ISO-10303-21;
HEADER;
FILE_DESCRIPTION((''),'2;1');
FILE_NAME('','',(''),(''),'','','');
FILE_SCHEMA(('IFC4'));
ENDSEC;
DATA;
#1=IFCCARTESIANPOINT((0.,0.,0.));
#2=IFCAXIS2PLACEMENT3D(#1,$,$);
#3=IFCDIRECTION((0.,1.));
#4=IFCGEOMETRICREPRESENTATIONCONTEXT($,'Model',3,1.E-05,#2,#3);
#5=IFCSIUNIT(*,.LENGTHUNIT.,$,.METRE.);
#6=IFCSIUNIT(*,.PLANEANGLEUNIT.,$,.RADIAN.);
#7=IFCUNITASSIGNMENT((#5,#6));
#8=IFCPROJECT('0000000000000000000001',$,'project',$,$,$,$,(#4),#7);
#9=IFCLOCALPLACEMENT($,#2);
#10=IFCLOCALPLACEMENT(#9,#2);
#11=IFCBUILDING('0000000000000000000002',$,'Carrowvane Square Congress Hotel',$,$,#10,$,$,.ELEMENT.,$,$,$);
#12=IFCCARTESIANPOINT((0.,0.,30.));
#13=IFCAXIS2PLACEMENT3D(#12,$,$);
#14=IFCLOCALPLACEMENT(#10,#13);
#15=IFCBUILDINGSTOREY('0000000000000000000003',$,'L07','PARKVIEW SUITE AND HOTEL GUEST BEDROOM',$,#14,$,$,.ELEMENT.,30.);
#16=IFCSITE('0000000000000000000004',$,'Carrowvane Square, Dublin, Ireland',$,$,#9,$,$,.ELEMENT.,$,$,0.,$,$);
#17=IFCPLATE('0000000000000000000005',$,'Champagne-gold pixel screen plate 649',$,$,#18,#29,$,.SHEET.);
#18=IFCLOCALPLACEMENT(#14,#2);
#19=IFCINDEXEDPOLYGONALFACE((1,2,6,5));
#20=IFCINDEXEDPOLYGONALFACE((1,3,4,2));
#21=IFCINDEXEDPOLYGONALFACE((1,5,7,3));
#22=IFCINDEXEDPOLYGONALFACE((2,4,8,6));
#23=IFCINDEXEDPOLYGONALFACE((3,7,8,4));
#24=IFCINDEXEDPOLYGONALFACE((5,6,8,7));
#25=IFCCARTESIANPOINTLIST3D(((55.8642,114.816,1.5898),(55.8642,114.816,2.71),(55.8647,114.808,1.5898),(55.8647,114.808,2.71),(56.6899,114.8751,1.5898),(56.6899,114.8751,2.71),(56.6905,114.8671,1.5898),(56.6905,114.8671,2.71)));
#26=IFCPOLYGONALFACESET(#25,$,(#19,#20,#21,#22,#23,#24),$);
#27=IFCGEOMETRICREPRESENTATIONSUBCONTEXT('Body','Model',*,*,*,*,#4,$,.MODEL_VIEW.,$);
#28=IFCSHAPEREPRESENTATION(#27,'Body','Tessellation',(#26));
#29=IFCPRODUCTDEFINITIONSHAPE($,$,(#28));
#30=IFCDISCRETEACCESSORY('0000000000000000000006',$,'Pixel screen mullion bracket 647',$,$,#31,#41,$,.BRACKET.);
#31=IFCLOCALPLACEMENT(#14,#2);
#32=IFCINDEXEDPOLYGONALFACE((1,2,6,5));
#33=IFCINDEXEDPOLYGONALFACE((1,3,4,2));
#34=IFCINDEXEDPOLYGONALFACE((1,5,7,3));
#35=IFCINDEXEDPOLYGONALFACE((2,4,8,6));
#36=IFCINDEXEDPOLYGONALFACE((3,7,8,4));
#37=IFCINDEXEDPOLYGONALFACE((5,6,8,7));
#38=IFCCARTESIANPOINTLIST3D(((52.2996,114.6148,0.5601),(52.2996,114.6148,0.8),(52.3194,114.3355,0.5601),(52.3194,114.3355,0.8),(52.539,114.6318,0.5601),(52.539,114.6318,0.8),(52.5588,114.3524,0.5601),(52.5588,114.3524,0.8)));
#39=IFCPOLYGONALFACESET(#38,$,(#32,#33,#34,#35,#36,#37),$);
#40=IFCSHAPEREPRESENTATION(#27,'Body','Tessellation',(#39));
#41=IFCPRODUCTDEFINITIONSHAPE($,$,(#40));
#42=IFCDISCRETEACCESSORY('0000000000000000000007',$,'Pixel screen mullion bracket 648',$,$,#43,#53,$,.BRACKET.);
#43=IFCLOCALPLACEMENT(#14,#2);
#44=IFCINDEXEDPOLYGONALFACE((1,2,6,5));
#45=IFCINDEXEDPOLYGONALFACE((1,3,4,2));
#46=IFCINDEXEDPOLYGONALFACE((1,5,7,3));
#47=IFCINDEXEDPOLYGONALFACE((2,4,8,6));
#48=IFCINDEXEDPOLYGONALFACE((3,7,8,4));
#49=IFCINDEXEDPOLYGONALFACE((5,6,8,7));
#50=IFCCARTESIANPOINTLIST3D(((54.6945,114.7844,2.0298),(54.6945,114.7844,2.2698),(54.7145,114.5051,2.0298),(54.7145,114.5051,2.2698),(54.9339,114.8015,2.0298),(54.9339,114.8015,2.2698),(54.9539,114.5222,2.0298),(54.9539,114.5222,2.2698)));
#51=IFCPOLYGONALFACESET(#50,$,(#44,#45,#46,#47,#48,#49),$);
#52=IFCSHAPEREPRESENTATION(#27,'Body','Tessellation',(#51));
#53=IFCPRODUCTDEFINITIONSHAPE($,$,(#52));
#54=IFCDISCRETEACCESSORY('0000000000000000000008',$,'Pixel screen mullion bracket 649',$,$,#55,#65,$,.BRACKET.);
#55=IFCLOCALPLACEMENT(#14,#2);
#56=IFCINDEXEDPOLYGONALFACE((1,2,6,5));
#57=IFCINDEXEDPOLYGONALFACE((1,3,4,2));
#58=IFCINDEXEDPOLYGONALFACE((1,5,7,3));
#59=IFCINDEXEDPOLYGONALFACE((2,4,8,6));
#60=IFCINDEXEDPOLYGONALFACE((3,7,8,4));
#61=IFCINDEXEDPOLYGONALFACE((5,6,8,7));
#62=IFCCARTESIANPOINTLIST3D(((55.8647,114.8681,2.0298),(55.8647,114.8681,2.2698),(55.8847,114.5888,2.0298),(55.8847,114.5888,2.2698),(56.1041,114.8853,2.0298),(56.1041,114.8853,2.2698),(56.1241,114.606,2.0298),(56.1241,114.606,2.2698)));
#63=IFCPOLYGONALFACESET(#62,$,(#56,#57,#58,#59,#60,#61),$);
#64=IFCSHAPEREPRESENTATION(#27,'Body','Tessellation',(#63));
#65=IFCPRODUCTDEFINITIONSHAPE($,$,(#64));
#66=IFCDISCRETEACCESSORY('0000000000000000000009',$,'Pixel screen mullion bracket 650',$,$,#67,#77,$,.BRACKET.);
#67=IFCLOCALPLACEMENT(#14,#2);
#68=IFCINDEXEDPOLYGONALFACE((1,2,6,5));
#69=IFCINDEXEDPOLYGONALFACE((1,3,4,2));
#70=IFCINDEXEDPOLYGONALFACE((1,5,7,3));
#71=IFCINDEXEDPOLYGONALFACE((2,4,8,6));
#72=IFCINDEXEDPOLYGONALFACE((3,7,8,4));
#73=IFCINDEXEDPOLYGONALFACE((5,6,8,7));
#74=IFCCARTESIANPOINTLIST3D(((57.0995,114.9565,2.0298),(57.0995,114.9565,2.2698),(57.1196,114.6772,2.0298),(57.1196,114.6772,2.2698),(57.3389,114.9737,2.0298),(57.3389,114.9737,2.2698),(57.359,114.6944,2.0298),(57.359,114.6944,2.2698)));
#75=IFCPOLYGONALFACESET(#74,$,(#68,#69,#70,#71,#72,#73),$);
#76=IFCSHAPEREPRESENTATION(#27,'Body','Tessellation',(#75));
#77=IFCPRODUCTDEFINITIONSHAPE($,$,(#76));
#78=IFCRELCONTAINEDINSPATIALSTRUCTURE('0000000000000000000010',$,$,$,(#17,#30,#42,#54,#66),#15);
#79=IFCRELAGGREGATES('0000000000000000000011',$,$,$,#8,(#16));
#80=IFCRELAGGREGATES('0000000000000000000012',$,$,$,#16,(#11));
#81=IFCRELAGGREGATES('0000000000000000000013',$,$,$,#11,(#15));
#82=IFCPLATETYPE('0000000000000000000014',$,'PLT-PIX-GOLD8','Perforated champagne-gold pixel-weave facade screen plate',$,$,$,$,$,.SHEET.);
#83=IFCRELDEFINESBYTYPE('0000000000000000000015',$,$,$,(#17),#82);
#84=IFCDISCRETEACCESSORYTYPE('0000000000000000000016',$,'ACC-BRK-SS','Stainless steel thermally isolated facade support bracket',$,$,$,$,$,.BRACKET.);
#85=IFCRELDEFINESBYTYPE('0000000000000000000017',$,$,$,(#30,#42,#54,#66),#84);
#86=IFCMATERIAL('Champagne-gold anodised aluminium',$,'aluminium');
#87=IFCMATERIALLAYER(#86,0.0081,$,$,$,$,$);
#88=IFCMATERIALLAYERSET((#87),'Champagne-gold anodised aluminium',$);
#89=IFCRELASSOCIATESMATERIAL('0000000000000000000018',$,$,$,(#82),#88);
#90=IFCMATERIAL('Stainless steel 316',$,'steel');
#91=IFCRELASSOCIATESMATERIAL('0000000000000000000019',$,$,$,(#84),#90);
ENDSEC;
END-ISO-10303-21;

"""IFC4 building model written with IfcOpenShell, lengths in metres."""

from ifc_helpers import new_model, si_unit, direction, frame, origin, origin_2d, place, context, subcontext, project, spatial, rectangle, extrude, material, layer, layer_set, type_object, element, save


model = new_model("IFC4")

# Units and contexts
model_context = context("Model", 3, precision=1e-05, world=origin(), true_north=direction((0.0, 1.0)))
body_context = subcontext(model_context, "Body", "Model", "MODEL_VIEW")
ifc_project = project(units=[si_unit("LENGTHUNIT", "METRE"), si_unit("PLANEANGLEUNIT", "RADIAN")], contexts=[model_context])

# Site, building, storey
site_placement = place(None, origin())
site = spatial("IfcSite", under=ifc_project, at=site_placement, Name="Carrowvane Square, Dublin, Ireland", CompositionType="ELEMENT", RefElevation=0.0)
building_placement = place(site_placement, origin())
building = spatial("IfcBuilding", under=site, at=building_placement, Name="Carrowvane Square Congress Hotel", CompositionType="ELEMENT")
storey_placement = place(building_placement, frame((0.0, 0.0, 30.0)))
storey = spatial("IfcBuildingStorey", under=building, at=storey_placement, Name="L07", Description="PARKVIEW SUITE AND HOTEL GUEST BEDROOM", CompositionType="ELEMENT", Elevation=30.0)

# Plate
ifc_material_1 = material(Name="Champagne-gold anodised aluminium", Category="aluminium")
ifc_layer_1 = layer(ifc_material_1, 0.0081)
ifc_layer_set_1 = layer_set([ifc_layer_1], Name="Champagne-gold anodised aluminium")
plate_type_1 = type_object("IfcPlateType", Name="PLT-PIX-GOLD8", Description="Perforated champagne-gold pixel-weave facade screen plate", PredefinedType="SHEET", material=ifc_layer_set_1)
for number, where, z_axis, x_axis, name in (
    (1, (56.2773, 114.8416, 1.5898), (0.0, 0.0, 1.0), (0.997446, 0.07142, 0.0), "Champagne-gold pixel screen plate 649"),
):
    element("IfcPlate", number, at=place(storey_placement, frame(where, z_axis=z_axis, x_axis=x_axis)), inside=storey, type_object=plate_type_1, Name=name, PredefinedType="SHEET", context=body_context, shape_type="SweptSolid", body=[
        extrude(rectangle(XDim=0.8279, YDim=0.0081, at=origin_2d()), origin(), (0.0, 0.0, 1.0), 1.1201),
    ])

# Discrete accessories
ifc_material_2 = material(Name="Stainless steel 316", Category="steel")
discrete_accessory_type = type_object("IfcDiscreteAccessoryType", Name="ACC-BRK-SS", Description="Stainless steel thermally isolated facade support bracket", PredefinedType="BRACKET", material=ifc_material_2)
for number, where, z_axis, x_axis, name in (
    (2, (52.4292, 114.4836, 0.5601), (0.0, 0.0, 1.0), (0.997506, 0.070585, 0.0), "Pixel screen mullion bracket 647"),
    (3, (54.8242, 114.6533, 2.0298), (0.0, 0.0, 1.0), (0.997446, 0.07142, 0.0), "Pixel screen mullion bracket 648"),
    (4, (55.9944, 114.7371, 2.0298), (0.0, 0.0, 1.0), (0.997446, 0.07142, 0.0), "Pixel screen mullion bracket 649"),
    (5, (57.2292, 114.8254, 2.0298), (0.0, 0.0, 1.0), (0.997438, 0.071533, 0.0), "Pixel screen mullion bracket 650"),
):
    element("IfcDiscreteAccessory", number, at=place(storey_placement, frame(where, z_axis=z_axis, x_axis=x_axis)), inside=storey, type_object=discrete_accessory_type, Name=name, PredefinedType="BRACKET", context=body_context, shape_type="SweptSolid", body=[
        extrude(rectangle(XDim=0.24, YDim=0.28, at=origin_2d()), origin(), (0.0, 0.0, 1.0), 0.24),
    ])

save(model, "model.ifc")
